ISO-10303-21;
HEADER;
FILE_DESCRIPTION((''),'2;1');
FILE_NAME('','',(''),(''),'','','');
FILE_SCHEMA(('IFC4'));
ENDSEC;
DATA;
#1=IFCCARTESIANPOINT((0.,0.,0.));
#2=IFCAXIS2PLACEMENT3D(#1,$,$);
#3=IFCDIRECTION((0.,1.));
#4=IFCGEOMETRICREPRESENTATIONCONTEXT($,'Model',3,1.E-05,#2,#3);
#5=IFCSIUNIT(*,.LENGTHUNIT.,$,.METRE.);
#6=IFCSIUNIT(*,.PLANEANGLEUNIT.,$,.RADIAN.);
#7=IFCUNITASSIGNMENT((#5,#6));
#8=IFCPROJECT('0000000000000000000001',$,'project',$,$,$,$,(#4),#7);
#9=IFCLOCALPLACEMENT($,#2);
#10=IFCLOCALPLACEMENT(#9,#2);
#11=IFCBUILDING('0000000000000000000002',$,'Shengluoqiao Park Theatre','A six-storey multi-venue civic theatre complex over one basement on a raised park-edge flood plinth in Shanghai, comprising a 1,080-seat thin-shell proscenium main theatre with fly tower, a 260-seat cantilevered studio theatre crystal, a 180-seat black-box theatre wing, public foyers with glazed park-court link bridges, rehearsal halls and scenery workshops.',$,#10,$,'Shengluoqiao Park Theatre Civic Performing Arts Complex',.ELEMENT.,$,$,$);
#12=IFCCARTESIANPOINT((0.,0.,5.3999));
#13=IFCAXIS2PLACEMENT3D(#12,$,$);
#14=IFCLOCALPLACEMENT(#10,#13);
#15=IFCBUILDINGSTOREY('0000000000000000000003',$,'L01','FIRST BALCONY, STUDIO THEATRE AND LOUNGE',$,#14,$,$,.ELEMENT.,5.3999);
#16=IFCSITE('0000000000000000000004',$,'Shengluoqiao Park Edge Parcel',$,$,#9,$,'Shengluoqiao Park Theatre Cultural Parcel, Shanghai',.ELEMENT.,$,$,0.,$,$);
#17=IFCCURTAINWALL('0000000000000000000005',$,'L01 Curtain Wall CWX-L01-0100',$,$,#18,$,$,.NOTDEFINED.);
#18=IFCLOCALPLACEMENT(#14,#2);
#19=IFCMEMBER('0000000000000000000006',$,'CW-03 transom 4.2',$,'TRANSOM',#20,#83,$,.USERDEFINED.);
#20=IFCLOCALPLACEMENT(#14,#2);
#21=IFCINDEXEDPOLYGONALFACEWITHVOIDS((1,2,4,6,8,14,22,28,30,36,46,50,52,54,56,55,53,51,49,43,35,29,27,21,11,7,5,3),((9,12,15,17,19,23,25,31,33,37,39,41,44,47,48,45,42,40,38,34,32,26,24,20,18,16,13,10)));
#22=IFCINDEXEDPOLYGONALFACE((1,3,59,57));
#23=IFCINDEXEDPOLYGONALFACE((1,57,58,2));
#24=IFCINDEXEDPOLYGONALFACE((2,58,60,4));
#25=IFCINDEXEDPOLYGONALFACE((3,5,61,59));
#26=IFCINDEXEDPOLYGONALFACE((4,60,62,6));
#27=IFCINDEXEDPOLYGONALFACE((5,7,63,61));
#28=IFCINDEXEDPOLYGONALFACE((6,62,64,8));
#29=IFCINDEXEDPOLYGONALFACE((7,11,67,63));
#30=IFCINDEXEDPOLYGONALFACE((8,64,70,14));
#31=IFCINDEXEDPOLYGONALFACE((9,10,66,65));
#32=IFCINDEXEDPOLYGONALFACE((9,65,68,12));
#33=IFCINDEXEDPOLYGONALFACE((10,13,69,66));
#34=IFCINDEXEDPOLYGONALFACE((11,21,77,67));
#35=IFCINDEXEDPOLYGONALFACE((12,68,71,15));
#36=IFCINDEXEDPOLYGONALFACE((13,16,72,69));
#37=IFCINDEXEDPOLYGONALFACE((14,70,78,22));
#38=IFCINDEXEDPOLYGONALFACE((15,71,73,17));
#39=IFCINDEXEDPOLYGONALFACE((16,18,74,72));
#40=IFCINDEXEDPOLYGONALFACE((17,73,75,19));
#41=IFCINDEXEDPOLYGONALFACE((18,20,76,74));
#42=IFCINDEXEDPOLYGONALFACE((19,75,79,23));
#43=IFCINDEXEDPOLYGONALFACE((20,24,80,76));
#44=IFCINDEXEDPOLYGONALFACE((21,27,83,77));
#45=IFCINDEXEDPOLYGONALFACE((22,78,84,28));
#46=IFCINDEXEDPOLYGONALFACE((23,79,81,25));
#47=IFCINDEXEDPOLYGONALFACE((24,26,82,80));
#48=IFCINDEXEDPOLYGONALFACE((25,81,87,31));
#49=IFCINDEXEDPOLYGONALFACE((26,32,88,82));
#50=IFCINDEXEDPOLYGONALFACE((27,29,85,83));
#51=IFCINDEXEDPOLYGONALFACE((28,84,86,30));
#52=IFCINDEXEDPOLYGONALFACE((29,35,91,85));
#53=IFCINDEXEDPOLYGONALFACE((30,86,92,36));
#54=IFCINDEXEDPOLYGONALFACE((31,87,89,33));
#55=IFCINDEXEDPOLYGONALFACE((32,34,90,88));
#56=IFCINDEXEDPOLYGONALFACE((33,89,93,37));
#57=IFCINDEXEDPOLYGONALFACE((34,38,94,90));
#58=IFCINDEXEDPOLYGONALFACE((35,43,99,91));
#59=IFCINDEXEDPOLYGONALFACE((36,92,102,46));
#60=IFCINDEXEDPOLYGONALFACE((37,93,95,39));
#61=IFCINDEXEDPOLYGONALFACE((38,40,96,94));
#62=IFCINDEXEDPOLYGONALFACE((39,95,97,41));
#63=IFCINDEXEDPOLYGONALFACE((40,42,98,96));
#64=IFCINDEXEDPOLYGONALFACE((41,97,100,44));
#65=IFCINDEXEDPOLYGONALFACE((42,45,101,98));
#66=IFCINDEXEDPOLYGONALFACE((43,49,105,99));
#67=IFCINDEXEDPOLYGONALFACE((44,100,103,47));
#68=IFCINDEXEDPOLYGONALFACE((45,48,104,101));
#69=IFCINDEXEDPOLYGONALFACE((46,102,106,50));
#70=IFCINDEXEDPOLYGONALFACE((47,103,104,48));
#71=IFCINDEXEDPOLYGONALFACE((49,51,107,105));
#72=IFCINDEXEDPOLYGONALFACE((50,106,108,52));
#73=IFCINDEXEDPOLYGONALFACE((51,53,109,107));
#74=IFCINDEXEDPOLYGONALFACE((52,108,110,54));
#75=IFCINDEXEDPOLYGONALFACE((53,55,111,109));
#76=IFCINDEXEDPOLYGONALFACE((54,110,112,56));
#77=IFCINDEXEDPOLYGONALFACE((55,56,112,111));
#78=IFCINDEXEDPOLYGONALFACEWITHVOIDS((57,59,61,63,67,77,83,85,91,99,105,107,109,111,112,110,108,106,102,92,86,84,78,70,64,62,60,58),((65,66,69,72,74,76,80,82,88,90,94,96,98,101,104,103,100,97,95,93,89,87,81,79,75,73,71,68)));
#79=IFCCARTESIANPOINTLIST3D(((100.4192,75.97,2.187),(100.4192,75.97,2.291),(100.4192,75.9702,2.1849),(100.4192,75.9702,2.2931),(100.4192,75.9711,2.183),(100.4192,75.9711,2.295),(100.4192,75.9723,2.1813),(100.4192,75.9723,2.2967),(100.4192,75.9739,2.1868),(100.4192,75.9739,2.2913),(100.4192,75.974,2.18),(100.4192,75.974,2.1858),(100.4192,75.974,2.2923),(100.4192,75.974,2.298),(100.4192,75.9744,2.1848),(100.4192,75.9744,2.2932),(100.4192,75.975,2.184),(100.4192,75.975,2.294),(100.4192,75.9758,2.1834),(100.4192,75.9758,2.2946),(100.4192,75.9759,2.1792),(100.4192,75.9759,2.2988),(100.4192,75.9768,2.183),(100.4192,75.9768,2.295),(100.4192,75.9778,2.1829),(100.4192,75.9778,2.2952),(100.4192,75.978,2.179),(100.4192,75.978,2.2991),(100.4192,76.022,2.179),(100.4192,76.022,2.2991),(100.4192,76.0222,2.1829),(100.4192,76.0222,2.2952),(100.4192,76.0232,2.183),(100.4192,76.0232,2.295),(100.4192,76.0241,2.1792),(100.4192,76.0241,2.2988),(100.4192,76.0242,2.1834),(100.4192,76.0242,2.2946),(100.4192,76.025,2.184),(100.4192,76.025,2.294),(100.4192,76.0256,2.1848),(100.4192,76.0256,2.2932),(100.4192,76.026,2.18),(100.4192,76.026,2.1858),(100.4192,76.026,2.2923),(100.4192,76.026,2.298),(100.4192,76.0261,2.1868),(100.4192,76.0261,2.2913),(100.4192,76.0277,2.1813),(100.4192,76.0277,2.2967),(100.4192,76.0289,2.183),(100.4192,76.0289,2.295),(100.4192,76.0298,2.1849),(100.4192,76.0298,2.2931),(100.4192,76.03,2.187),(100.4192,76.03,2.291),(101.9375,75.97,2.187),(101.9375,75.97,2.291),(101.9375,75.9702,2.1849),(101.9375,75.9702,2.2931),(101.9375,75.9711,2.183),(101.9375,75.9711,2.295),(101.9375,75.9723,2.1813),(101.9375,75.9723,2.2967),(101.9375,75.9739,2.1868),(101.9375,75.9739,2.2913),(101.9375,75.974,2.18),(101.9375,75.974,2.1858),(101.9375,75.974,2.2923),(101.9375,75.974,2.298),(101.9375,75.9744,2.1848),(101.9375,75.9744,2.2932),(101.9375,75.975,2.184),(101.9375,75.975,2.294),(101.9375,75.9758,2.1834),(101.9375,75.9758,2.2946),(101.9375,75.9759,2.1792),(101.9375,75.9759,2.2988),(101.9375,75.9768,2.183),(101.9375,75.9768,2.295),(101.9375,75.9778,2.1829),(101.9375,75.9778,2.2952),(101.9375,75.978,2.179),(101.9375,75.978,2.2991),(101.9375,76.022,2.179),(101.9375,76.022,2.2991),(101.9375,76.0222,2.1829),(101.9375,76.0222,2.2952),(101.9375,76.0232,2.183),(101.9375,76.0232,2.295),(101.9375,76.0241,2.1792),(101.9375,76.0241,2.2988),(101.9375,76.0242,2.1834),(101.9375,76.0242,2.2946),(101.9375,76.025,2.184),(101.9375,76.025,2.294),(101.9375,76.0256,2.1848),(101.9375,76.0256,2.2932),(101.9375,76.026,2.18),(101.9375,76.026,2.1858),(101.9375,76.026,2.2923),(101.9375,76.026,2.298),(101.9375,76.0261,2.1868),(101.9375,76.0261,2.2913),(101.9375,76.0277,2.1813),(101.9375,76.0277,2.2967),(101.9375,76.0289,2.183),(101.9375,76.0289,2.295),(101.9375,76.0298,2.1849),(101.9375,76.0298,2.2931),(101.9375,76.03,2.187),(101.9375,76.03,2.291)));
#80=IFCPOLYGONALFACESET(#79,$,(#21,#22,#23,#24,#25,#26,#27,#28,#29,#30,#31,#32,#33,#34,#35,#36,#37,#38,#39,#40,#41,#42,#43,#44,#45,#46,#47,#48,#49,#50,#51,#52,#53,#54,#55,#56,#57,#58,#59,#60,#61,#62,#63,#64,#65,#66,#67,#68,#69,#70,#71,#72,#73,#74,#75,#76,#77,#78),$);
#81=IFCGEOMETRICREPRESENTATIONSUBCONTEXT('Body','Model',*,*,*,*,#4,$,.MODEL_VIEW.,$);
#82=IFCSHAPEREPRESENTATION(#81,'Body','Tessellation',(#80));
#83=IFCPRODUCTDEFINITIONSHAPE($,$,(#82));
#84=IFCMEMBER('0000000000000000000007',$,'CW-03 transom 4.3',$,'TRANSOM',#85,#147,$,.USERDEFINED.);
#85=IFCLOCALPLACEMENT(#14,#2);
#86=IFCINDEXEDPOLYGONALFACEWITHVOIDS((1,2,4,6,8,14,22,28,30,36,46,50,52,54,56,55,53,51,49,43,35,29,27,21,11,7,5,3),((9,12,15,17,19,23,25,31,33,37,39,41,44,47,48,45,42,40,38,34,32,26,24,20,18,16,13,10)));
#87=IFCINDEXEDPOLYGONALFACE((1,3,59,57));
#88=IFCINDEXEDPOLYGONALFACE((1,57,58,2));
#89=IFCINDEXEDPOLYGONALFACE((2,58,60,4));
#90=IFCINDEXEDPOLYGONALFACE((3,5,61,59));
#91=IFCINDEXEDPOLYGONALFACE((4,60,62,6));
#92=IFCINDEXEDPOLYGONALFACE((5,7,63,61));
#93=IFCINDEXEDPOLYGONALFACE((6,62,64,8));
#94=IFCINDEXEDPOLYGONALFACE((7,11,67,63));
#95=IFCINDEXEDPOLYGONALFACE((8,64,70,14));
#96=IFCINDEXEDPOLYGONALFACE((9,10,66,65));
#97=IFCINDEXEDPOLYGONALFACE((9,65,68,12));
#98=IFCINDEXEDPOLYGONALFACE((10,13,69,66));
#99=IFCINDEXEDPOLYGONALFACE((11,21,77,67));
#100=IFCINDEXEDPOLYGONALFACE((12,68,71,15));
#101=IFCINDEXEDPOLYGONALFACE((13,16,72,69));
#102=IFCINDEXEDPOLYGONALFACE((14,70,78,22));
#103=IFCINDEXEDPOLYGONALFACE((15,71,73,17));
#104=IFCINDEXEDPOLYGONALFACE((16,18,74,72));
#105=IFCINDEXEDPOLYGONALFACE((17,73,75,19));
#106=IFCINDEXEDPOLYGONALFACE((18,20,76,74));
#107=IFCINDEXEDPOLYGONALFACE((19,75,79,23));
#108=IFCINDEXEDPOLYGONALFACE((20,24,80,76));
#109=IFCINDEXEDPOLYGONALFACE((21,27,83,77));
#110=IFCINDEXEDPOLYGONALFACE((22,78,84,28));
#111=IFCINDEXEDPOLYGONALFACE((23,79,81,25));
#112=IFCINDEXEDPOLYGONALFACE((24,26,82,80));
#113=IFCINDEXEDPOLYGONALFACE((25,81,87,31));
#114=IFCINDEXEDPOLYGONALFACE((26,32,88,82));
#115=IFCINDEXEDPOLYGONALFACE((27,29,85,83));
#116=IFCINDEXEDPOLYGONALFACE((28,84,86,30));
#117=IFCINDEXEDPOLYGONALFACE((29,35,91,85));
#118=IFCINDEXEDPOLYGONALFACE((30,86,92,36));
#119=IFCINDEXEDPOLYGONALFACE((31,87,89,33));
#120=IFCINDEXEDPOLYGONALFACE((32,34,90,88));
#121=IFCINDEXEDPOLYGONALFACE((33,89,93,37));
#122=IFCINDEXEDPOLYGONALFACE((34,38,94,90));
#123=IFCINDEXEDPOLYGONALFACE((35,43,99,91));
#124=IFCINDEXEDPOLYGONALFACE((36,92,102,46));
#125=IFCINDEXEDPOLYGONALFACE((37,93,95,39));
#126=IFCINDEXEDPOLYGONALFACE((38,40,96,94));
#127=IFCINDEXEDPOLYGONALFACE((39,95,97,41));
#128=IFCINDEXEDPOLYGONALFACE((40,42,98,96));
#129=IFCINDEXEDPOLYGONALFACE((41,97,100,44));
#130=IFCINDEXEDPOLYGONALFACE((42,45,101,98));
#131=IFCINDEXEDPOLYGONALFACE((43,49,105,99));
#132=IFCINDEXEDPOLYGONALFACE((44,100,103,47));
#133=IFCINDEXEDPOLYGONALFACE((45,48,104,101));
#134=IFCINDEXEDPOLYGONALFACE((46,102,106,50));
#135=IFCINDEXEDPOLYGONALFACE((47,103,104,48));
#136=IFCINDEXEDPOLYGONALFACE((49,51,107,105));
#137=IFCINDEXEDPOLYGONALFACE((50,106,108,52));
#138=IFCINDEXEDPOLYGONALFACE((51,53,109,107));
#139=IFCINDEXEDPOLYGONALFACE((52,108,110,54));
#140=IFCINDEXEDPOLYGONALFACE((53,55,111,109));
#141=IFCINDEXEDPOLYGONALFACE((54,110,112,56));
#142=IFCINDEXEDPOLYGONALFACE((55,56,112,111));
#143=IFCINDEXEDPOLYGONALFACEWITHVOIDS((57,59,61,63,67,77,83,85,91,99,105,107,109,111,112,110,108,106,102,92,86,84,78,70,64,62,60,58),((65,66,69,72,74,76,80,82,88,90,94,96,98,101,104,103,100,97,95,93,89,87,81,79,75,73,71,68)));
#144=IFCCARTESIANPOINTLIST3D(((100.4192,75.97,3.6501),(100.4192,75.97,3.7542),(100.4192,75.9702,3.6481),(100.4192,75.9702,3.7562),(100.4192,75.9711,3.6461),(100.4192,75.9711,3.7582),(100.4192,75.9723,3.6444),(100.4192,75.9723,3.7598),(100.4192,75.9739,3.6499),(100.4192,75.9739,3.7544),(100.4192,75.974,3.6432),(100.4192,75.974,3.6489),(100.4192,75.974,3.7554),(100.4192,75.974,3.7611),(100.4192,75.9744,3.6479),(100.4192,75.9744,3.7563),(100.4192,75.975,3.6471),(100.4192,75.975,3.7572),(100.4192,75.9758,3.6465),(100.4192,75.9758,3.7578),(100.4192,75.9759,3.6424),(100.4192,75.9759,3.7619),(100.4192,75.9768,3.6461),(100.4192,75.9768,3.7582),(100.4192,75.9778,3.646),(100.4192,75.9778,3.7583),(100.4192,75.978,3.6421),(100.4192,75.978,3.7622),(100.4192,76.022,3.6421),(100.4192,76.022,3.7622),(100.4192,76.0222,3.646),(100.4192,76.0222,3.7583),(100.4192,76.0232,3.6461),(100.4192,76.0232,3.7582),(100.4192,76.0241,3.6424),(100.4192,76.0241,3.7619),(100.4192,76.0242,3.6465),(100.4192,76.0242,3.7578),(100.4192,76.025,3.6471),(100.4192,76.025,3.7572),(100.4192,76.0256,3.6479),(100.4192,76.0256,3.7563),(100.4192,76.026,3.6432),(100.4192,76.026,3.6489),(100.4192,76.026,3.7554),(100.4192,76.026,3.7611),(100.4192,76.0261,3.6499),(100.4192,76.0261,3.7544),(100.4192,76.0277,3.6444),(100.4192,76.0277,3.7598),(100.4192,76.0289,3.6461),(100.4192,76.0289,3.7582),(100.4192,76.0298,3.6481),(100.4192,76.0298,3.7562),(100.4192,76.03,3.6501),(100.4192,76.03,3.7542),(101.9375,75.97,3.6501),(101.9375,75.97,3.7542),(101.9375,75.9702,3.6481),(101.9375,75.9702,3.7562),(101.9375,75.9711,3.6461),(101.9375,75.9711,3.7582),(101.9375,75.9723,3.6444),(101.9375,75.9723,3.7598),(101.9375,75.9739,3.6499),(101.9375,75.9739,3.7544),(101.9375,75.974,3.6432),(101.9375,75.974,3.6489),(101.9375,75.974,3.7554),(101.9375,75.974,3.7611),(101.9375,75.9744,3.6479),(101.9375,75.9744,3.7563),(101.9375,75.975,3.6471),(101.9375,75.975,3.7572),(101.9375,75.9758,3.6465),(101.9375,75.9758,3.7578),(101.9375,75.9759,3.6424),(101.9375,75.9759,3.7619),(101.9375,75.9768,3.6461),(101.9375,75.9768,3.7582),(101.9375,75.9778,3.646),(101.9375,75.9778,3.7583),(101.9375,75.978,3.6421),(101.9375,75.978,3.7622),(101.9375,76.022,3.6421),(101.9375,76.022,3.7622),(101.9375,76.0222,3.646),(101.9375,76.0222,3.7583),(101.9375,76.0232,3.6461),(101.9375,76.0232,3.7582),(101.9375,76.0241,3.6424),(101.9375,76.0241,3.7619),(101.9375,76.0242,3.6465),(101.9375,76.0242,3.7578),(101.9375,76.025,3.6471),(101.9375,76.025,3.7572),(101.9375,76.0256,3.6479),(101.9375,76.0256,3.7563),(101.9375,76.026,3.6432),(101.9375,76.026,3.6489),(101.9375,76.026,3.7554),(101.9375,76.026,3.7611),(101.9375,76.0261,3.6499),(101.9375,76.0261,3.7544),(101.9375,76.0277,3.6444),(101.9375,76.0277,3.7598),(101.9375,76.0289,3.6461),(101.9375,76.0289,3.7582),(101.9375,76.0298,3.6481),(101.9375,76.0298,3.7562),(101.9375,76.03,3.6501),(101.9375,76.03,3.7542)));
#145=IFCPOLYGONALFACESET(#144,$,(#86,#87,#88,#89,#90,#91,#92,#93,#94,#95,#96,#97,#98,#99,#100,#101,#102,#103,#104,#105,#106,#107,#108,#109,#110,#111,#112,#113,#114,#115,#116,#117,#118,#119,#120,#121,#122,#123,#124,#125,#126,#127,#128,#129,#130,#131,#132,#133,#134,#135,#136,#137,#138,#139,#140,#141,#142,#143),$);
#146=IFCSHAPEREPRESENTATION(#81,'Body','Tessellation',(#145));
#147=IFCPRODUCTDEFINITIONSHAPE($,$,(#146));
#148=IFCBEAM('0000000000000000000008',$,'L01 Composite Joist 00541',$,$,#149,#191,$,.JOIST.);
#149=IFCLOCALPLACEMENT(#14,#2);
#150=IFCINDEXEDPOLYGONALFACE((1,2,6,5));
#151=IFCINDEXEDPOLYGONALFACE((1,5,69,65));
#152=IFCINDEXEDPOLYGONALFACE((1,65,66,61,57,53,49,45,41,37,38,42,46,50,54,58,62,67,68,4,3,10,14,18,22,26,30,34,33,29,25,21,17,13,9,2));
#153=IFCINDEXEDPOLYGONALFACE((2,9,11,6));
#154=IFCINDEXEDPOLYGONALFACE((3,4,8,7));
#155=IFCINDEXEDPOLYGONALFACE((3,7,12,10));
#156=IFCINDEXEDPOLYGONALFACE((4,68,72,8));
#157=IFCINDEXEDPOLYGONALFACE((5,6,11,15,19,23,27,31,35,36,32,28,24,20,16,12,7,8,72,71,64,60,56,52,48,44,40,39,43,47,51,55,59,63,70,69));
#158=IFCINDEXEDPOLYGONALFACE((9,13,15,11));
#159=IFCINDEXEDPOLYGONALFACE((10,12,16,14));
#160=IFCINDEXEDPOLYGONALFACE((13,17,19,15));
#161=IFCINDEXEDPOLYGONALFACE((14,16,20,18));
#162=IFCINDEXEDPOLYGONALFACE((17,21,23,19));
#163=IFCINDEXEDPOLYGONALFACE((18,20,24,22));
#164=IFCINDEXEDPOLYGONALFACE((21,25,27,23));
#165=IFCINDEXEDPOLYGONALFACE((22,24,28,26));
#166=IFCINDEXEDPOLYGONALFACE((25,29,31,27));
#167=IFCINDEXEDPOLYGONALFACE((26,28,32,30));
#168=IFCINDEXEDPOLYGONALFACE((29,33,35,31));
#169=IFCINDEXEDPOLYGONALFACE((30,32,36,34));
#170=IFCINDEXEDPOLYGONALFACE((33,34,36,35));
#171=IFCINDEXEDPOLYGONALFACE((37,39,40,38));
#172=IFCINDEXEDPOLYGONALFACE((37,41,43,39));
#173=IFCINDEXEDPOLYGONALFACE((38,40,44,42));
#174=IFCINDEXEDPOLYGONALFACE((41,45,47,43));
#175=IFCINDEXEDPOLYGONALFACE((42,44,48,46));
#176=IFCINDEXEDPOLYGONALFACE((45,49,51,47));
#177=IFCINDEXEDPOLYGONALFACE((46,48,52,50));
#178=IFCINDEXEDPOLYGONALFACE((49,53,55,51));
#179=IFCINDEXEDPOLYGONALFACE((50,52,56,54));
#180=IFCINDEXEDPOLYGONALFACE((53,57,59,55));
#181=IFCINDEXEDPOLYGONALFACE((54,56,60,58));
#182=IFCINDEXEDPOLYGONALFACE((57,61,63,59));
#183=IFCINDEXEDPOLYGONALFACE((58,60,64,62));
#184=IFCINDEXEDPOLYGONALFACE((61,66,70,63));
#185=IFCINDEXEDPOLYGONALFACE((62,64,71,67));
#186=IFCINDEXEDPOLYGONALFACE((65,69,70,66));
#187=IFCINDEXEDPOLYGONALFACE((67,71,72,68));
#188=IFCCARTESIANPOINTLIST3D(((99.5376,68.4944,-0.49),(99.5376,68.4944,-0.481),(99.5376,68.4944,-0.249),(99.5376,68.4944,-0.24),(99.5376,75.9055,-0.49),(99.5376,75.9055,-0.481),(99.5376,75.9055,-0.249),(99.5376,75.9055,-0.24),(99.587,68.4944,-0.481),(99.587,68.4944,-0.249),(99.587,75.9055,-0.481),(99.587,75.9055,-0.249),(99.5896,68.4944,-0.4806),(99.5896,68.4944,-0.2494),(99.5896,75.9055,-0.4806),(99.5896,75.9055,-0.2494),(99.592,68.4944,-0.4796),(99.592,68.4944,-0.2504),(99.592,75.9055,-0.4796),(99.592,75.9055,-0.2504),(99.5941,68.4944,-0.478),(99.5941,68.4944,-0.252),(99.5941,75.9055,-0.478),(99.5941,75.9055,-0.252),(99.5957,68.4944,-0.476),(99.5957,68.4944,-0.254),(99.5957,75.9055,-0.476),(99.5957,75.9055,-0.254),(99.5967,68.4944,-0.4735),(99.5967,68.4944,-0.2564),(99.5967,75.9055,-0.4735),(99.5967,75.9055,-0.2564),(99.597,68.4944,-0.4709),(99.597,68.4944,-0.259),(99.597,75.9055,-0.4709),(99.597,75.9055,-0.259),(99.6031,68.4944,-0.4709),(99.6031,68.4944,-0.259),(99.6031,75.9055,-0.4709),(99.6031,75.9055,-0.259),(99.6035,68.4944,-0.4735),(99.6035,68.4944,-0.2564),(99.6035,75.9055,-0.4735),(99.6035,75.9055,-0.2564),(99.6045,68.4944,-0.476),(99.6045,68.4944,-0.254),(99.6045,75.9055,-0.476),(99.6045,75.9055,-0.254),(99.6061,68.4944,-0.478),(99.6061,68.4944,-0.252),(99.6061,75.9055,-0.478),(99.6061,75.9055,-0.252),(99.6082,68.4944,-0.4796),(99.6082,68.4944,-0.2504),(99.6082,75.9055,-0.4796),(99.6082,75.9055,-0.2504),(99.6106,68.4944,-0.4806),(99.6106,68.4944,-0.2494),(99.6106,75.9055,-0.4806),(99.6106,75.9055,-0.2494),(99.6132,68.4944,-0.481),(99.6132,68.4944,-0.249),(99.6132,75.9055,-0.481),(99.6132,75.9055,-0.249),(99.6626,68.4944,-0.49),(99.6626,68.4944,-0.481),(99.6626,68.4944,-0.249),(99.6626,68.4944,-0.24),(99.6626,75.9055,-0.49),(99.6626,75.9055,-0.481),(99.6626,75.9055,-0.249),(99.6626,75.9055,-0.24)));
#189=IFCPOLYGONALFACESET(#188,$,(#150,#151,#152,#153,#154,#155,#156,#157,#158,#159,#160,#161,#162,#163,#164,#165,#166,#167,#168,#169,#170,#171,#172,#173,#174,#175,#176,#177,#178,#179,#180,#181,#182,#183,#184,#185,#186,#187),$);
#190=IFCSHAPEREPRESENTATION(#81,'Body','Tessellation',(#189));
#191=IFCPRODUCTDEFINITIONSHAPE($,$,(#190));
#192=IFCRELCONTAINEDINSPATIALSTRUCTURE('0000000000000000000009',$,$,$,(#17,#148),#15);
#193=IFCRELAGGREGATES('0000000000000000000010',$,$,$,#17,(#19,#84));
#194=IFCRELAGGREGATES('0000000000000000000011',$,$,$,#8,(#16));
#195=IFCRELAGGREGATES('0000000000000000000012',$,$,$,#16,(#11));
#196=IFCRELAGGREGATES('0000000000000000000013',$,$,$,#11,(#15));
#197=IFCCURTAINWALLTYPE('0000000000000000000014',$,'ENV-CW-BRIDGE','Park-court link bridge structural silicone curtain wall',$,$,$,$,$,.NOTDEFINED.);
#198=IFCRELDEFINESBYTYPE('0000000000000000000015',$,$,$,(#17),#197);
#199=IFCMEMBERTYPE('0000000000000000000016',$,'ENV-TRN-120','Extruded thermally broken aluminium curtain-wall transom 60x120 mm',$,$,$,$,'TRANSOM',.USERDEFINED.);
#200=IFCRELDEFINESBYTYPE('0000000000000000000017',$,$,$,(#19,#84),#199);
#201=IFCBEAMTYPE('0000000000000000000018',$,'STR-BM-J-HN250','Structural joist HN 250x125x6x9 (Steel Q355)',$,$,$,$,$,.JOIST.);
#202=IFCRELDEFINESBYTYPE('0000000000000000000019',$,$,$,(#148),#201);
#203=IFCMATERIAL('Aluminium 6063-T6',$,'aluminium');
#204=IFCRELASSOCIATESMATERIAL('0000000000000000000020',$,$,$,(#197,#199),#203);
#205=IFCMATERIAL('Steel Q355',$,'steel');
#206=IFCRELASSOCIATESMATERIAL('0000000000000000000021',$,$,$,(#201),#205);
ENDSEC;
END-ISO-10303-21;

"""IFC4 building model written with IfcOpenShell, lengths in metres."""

from ifc_helpers import new_model, si_unit, direction, frame, origin, origin_2d, place, context, subcontext, project, spatial, hollow_rectangle, i_section, extrude, material, material_profile, profile_set, type_object, element, aggregate, save


model = new_model("IFC4")

# Units and contexts
model_context = context("Model", 3, precision=1e-05, world=origin(), true_north=direction((0.0, 1.0)))
body_context = subcontext(model_context, "Body", "Model", "MODEL_VIEW")
ifc_project = project(units=[si_unit("LENGTHUNIT", "METRE"), si_unit("PLANEANGLEUNIT", "RADIAN")], contexts=[model_context])

# Site, building, storey
site_placement = place(None, origin())
site = spatial("IfcSite", under=ifc_project, at=site_placement, Name="Shengluoqiao Park Edge Parcel", LongName="Shengluoqiao Park Theatre Cultural Parcel, Shanghai", CompositionType="ELEMENT", RefElevation=0.0)
building_placement = place(site_placement, origin())
building = spatial("IfcBuilding", under=site, at=building_placement, Name="Shengluoqiao Park Theatre", Description="A six-storey multi-venue civic theatre complex over one basement on a raised park-edge flood plinth in Shanghai, comprising a 1,080-seat thin-shell proscenium main theatre with fly tower, a 260-seat cantilevered studio theatre crystal, a 180-seat black-box theatre wing, public foyers with glazed park-court link bridges, rehearsal halls and scenery workshops.", LongName="Shengluoqiao Park Theatre Civic Performing Arts Complex", CompositionType="ELEMENT")
storey_placement = place(building_placement, frame((0.0, 0.0, 5.3999)))
storey = spatial("IfcBuildingStorey", under=building, at=storey_placement, Name="L01", Description="FIRST BALCONY, STUDIO THEATRE AND LOUNGE", CompositionType="ELEMENT", Elevation=5.3999)

# Curtain wall
ifc_material_1 = material(Name="Aluminium 6063-T6", Category="aluminium")
curtain_wall_type = type_object("IfcCurtainWallType", Name="ENV-CW-BRIDGE", Description="Park-court link bridge structural silicone curtain wall", PredefinedType="NOTDEFINED", material=ifc_material_1)
curtain_wall_1_placement = place(storey_placement, origin())
curtain_wall_1 = element("IfcCurtainWall", 1, at=curtain_wall_1_placement, inside=storey, type_object=curtain_wall_type, Name="L01 Curtain Wall CWX-L01-0100", PredefinedType="NOTDEFINED")

# Members
ifc_material_profile_1 = material_profile(ifc_material_1, hollow_rectangle(XDim=0.0601, YDim=0.1201, WallThickness=0.0039, InnerFilletRadius=0.0039, OuterFilletRadius=0.0081, at=origin_2d()), Name="ALU TRANSOM 120x60x4")
ifc_profile_set_1 = profile_set([ifc_material_profile_1], Name="Aluminium 6063-T6")
member_type_1 = type_object("IfcMemberType", Name="ENV-TRN-120", Description="Extruded thermally broken aluminium curtain-wall transom 60x120 mm", ElementType="TRANSOM", PredefinedType="USERDEFINED", material=ifc_profile_set_1)
member_1_placement = place(storey_placement, frame((100.4192, 76.0, 2.239), z_axis=(1.0, 0.0, 0.0), x_axis=(0.0, 1.0, 0.0)))
member_1 = element("IfcMember", 2, at=member_1_placement, type_object=member_type_1, Name="CW-03 transom 4.2", ObjectType="TRANSOM", PredefinedType="USERDEFINED", context=body_context, shape_type="SweptSolid", body=[
    extrude(hollow_rectangle(XDim=0.0601, YDim=0.1201, WallThickness=0.0039, InnerFilletRadius=0.0039, OuterFilletRadius=0.0081, at=origin_2d()), origin(), (0.0, 0.0, 1.0), 1.5183),
])
member_2_placement = place(storey_placement, frame((100.4192, 76.0, 3.7021), z_axis=(1.0, 0.0, 0.0), x_axis=(0.0, 1.0, 0.0)))
member_2 = element("IfcMember", 3, at=member_2_placement, type_object=member_type_1, Name="CW-03 transom 4.3", ObjectType="TRANSOM", PredefinedType="USERDEFINED", context=body_context, shape_type="SweptSolid", body=[
    extrude(hollow_rectangle(XDim=0.0601, YDim=0.1201, WallThickness=0.0039, InnerFilletRadius=0.0039, OuterFilletRadius=0.0081, at=origin_2d()), origin(), (0.0, 0.0, 1.0), 1.5183),
])

# Beam
ifc_material_2 = material(Name="Steel Q355", Category="steel")
ifc_material_profile_2 = material_profile(ifc_material_2, i_section(OverallWidth=0.125, OverallDepth=0.25, WebThickness=0.0061, FlangeThickness=0.009, FilletRadius=0.01, at=origin_2d()), Name="HN 250x125x6x9")
ifc_profile_set_2 = profile_set([ifc_material_profile_2], Name="Steel Q355")
beam_type = type_object("IfcBeamType", Name="STR-BM-J-HN250", Description="Structural joist HN 250x125x6x9 (Steel Q355)", PredefinedType="JOIST", material=ifc_profile_set_2)
beam_placement = place(storey_placement, frame((99.6001, 68.4944, -0.365), z_axis=(0.0, 1.0, 0.0), x_axis=(-1.0, 0.0, 0.0)))
element("IfcBeam", 4, at=beam_placement, inside=storey, type_object=beam_type, Name="L01 Composite Joist 00541", PredefinedType="JOIST", context=body_context, shape_type="SweptSolid", body=[
    extrude(i_section(OverallWidth=0.125, OverallDepth=0.25, WebThickness=0.0061, FlangeThickness=0.009, FilletRadius=0.01, at=origin_2d()), origin(), (0.0, 0.0, 1.0), 7.4111),
])

aggregate(curtain_wall_1, [member_1, member_2])

save(model, "model.ifc")
